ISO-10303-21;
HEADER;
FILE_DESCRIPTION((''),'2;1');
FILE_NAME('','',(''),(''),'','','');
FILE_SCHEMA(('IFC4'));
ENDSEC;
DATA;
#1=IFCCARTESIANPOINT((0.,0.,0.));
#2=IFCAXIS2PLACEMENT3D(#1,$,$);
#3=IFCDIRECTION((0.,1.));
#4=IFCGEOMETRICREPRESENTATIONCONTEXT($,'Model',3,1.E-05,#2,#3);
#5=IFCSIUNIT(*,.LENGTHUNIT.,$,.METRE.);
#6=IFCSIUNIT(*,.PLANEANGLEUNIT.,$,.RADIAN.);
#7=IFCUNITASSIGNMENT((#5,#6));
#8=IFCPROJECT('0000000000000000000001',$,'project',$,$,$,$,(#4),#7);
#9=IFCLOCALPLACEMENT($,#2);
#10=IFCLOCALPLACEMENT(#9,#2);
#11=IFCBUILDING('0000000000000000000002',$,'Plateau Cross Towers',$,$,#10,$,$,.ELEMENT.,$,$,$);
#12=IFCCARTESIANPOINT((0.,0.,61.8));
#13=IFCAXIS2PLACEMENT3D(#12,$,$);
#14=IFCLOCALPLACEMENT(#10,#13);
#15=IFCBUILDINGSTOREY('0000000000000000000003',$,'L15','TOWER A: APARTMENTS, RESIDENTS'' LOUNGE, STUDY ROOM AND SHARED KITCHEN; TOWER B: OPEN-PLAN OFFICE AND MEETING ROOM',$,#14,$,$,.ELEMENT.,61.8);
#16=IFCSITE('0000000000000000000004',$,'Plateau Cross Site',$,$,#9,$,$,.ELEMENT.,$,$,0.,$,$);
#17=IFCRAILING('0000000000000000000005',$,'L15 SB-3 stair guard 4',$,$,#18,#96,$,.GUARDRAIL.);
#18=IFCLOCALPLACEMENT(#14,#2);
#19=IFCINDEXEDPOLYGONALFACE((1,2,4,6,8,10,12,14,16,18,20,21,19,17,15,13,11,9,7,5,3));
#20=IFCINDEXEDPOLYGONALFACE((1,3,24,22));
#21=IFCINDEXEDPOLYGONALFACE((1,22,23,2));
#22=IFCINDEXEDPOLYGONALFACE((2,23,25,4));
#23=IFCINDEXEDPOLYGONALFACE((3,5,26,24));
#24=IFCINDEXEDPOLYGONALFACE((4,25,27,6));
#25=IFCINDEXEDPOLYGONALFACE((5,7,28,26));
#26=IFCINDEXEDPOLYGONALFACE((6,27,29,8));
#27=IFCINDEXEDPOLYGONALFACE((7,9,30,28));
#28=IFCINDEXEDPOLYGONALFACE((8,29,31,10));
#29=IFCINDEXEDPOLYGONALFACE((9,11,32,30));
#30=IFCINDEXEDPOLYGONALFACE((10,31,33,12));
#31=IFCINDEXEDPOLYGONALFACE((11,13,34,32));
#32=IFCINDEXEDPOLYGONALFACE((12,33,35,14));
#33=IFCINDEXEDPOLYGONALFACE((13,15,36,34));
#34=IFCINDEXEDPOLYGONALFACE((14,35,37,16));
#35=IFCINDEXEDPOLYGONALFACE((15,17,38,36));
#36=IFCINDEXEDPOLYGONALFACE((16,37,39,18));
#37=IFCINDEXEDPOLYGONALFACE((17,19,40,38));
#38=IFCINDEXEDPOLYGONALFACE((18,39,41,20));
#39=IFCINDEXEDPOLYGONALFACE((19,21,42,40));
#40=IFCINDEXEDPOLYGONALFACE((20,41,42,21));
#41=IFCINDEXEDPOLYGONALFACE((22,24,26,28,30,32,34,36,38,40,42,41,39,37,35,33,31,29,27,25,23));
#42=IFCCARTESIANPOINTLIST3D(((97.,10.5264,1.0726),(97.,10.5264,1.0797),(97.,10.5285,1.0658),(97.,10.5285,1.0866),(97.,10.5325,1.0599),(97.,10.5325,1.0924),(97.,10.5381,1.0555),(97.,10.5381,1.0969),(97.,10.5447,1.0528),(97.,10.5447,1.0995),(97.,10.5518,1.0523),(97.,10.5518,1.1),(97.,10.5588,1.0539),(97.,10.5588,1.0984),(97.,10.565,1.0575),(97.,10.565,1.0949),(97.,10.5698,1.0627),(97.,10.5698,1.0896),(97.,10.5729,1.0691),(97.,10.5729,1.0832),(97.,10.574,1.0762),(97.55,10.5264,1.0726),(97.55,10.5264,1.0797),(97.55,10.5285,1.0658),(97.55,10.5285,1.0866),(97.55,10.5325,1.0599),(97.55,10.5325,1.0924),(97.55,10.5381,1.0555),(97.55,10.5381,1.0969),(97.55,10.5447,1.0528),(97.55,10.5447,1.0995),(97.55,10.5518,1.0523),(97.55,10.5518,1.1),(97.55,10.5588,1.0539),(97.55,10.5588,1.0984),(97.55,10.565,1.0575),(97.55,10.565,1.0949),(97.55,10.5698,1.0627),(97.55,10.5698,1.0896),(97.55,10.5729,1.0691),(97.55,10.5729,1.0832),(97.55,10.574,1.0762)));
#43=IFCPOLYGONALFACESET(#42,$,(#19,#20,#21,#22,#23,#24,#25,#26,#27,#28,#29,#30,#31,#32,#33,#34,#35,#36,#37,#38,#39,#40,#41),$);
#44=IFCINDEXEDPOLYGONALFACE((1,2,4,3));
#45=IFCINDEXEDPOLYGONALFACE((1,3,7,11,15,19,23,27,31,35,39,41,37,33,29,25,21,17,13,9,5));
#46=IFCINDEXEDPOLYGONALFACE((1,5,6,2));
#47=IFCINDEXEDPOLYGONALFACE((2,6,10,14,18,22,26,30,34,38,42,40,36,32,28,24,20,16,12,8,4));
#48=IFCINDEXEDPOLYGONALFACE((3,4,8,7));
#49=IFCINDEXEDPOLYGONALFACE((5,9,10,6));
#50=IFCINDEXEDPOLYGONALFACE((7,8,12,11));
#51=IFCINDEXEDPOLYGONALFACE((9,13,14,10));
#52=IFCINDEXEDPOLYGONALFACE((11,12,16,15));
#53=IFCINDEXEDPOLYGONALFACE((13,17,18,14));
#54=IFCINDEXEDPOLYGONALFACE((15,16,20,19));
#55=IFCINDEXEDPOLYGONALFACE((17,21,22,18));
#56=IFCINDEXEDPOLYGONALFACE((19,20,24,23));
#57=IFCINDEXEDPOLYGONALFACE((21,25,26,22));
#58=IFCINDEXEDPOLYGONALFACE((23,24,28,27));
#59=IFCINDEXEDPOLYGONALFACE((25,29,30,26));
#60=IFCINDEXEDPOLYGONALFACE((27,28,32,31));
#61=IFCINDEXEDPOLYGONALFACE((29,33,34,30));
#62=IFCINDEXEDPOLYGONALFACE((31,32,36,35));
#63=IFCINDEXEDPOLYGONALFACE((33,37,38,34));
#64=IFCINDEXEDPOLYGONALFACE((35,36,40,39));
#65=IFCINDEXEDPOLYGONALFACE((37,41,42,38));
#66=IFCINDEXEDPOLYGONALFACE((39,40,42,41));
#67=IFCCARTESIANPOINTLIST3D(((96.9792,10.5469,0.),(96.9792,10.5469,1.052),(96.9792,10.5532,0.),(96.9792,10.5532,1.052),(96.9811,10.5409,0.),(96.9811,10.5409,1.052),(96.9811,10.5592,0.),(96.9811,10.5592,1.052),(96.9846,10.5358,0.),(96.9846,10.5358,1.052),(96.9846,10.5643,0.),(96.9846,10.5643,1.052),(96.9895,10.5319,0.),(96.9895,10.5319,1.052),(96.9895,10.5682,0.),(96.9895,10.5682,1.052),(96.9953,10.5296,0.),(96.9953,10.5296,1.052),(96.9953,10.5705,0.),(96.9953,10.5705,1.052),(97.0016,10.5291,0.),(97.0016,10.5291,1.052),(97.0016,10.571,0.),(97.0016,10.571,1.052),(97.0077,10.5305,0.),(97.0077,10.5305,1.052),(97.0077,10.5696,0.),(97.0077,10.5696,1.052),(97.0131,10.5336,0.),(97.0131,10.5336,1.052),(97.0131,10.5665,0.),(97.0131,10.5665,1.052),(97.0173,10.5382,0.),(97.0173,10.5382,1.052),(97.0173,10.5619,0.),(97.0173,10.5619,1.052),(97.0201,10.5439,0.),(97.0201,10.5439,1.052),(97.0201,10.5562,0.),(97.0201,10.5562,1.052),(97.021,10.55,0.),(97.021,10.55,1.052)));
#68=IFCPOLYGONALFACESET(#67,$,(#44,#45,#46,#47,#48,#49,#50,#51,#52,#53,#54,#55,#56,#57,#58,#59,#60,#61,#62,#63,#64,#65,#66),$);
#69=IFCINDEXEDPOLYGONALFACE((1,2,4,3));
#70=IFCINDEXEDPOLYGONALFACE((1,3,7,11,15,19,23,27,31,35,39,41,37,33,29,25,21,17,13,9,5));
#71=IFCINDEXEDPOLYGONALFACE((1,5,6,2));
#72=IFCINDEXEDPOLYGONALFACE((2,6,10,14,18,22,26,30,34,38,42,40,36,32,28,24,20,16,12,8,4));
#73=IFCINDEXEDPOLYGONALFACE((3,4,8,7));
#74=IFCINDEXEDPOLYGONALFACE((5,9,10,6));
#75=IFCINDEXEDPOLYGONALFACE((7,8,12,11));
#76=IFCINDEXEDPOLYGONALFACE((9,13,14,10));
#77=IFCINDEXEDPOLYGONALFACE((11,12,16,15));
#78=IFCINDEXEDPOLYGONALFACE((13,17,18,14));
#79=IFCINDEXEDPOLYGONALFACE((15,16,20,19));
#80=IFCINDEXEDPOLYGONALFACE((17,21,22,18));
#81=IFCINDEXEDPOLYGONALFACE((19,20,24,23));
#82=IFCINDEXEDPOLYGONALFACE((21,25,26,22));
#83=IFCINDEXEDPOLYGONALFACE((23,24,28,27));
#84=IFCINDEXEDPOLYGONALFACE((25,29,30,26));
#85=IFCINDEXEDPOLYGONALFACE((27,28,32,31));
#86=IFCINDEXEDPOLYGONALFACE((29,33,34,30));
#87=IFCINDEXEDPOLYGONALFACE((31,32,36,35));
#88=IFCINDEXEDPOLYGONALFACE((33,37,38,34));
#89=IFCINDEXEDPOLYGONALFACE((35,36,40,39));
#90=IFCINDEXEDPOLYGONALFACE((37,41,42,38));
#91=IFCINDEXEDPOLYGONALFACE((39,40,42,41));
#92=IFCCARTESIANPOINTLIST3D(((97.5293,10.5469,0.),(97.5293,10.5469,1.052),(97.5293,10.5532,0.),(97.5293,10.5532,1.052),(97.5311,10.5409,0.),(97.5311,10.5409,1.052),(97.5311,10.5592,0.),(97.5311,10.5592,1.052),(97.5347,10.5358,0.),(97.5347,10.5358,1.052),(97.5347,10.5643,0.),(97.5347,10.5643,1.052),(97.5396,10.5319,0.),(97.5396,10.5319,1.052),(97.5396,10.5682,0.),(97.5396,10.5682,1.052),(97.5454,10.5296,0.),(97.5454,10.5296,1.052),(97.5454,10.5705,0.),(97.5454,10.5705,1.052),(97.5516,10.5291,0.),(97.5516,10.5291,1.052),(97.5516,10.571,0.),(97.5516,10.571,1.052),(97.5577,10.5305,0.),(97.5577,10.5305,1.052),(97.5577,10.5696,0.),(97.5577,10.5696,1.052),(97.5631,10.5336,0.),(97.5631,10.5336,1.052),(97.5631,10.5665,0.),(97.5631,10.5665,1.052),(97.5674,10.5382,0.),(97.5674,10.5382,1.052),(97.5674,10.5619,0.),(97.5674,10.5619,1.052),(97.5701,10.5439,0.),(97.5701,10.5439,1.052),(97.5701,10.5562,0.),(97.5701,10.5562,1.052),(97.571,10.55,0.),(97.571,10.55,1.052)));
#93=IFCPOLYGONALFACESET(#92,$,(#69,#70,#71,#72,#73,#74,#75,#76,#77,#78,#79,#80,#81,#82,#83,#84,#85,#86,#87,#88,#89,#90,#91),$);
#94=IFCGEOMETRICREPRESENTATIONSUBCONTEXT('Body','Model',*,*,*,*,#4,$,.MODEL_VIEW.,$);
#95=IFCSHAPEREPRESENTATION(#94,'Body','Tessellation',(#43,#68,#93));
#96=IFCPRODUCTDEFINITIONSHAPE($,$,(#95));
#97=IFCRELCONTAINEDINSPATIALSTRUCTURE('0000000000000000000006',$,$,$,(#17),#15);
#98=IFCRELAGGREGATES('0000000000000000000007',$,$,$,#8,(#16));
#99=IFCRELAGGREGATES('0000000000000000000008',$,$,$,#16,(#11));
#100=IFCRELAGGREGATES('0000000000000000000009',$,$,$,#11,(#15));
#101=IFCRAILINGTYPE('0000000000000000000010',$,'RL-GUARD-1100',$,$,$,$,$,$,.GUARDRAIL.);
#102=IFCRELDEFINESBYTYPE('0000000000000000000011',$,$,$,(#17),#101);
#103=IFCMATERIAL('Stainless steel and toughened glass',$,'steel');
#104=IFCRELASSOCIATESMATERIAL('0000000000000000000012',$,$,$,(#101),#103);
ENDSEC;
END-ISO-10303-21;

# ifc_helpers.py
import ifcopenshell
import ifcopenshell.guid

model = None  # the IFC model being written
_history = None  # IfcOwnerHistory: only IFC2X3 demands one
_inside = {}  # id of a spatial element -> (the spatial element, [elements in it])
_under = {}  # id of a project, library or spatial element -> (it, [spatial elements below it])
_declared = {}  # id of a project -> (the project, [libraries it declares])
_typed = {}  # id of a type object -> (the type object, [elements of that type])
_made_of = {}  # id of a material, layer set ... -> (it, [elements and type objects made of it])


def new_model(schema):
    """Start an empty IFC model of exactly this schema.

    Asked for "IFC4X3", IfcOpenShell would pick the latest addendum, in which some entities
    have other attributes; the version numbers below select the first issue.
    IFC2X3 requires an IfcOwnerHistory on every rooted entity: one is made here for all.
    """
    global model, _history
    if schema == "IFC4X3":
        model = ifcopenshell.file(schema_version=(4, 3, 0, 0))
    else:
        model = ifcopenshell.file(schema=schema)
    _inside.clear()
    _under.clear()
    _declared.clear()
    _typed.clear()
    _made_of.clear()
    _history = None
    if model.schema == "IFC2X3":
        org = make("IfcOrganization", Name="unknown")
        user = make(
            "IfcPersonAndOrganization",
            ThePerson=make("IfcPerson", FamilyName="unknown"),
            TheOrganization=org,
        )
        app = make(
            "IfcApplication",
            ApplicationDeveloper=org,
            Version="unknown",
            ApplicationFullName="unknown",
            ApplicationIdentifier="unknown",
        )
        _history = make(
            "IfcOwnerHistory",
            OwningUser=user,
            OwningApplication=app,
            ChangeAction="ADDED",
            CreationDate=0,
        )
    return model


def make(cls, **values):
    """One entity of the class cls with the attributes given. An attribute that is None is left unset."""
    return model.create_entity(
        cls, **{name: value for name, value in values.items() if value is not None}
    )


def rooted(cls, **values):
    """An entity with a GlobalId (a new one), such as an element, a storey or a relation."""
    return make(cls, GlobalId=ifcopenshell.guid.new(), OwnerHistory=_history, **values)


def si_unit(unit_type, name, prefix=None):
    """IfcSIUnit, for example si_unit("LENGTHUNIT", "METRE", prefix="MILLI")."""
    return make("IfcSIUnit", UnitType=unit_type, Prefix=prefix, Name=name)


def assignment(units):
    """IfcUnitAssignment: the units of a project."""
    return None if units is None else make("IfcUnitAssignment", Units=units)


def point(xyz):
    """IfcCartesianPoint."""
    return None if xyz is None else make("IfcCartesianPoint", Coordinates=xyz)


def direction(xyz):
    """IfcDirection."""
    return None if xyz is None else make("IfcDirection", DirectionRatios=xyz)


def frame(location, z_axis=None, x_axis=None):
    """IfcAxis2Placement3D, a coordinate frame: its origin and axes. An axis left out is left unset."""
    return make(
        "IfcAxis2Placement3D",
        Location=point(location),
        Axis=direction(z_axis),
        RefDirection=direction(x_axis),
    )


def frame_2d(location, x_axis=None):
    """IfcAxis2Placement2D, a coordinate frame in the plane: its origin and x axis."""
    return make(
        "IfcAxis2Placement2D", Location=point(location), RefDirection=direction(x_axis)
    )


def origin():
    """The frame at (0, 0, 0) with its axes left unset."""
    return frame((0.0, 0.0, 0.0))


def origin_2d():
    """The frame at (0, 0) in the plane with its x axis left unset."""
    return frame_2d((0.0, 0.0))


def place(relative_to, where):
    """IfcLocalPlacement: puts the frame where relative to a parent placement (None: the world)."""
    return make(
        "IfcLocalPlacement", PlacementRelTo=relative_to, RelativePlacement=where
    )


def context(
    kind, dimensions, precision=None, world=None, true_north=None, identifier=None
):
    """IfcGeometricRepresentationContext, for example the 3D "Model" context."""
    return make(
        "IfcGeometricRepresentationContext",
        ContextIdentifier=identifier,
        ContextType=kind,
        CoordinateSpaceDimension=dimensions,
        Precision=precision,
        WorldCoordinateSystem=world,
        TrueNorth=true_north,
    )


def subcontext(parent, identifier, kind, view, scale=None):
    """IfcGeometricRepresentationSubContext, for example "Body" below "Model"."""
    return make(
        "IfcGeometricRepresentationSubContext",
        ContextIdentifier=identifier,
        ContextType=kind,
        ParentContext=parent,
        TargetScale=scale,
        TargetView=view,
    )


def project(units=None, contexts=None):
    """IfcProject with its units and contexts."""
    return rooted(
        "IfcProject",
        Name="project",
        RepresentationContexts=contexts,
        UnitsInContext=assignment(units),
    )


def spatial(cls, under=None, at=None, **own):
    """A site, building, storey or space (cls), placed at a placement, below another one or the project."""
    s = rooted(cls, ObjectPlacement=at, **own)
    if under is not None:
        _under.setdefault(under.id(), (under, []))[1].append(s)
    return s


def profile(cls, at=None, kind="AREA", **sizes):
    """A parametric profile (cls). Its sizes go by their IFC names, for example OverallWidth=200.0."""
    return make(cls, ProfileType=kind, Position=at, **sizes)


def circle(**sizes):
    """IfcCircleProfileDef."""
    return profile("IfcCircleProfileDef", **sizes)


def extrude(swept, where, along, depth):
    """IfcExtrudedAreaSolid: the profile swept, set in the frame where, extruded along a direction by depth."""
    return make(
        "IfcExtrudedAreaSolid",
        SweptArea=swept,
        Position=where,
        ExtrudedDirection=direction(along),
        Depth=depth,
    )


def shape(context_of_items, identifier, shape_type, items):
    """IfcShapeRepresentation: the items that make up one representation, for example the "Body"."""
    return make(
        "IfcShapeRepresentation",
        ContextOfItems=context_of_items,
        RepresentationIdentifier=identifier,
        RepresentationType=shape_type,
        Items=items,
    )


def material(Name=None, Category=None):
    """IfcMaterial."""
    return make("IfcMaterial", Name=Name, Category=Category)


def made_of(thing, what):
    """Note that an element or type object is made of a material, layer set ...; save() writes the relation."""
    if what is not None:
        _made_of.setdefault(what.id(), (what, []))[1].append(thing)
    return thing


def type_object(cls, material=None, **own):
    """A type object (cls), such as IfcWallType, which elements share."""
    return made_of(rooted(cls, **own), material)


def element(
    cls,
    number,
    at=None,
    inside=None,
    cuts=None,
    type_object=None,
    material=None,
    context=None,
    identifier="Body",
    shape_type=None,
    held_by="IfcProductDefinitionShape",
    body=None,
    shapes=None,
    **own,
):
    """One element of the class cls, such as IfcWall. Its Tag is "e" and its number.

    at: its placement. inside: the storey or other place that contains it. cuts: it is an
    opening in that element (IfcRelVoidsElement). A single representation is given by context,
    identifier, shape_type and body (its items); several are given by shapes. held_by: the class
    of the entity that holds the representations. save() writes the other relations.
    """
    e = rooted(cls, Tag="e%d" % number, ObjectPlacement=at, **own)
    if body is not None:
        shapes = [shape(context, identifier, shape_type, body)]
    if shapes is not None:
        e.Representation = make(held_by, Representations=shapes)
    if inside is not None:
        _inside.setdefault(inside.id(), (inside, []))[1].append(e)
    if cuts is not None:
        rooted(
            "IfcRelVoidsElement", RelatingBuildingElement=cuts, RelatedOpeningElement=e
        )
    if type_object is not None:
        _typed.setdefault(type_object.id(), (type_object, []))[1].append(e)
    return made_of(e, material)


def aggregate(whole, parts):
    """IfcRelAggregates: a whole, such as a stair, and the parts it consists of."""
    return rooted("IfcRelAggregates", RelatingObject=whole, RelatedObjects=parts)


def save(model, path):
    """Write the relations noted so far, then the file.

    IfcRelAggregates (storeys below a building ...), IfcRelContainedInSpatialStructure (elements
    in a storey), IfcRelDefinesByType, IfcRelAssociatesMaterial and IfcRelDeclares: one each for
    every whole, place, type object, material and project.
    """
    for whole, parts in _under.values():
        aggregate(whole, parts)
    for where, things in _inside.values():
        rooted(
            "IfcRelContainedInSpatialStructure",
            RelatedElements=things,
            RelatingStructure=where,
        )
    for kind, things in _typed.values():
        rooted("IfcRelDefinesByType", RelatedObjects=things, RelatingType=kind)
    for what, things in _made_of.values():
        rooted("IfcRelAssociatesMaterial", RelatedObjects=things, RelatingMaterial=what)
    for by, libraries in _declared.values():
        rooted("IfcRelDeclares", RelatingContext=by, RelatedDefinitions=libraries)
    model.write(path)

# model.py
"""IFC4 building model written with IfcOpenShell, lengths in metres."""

from ifc_helpers import new_model, si_unit, direction, frame, origin, origin_2d, place, context, subcontext, project, spatial, circle, extrude, material, type_object, element, save


model = new_model("IFC4")

# Units and contexts
model_context = context("Model", 3, precision=1e-05, world=origin(), true_north=direction((0.0, 1.0)))
body_context = subcontext(model_context, "Body", "Model", "MODEL_VIEW")
ifc_project = project(units=[si_unit("LENGTHUNIT", "METRE"), si_unit("PLANEANGLEUNIT", "RADIAN")], contexts=[model_context])

# Site, building, storey
site_placement = place(None, origin())
site = spatial("IfcSite", under=ifc_project, at=site_placement, Name="Plateau Cross Site", CompositionType="ELEMENT", RefElevation=0.0)
building_placement = place(site_placement, origin())
building = spatial("IfcBuilding", under=site, at=building_placement, Name="Plateau Cross Towers", CompositionType="ELEMENT")
storey_placement = place(building_placement, frame((0.0, 0.0, 61.8)))
storey = spatial("IfcBuildingStorey", under=building, at=storey_placement, Name="L15", Description="TOWER A: APARTMENTS, RESIDENTS' LOUNGE, STUDY ROOM AND SHARED KITCHEN; TOWER B: OPEN-PLAN OFFICE AND MEETING ROOM", CompositionType="ELEMENT", Elevation=61.8)

# Railing
ifc_material_1 = material(Name="Stainless steel and toughened glass", Category="steel")
railing_type_1 = type_object("IfcRailingType", Name="RL-GUARD-1100", PredefinedType="GUARDRAIL", material=ifc_material_1)
railing_1_placement = place(storey_placement, frame((97.0, 10.55, 0.0)))
element("IfcRailing", 1, at=railing_1_placement, inside=storey, type_object=railing_type_1, Name="L15 SB-3 stair guard 4", PredefinedType="GUARDRAIL", context=body_context, shape_type="SweptSolid", body=[
    extrude(circle(Radius=0.0239, at=origin_2d()), frame((0.0, 0.0, 1.0762), z_axis=(1.0, 0.0, 0.0), x_axis=(0.0, 1.0, 0.0)), (0.0, 0.0, 1.0), 0.55),
    extrude(circle(Radius=0.021, at=origin_2d()), origin(), (0.0, 0.0, 1.0), 1.052),
    extrude(circle(Radius=0.021, at=origin_2d()), frame((0.55, 0.0, 0.0)), (0.0, 0.0, 1.0), 1.052),
])

save(model, "model.ifc")
